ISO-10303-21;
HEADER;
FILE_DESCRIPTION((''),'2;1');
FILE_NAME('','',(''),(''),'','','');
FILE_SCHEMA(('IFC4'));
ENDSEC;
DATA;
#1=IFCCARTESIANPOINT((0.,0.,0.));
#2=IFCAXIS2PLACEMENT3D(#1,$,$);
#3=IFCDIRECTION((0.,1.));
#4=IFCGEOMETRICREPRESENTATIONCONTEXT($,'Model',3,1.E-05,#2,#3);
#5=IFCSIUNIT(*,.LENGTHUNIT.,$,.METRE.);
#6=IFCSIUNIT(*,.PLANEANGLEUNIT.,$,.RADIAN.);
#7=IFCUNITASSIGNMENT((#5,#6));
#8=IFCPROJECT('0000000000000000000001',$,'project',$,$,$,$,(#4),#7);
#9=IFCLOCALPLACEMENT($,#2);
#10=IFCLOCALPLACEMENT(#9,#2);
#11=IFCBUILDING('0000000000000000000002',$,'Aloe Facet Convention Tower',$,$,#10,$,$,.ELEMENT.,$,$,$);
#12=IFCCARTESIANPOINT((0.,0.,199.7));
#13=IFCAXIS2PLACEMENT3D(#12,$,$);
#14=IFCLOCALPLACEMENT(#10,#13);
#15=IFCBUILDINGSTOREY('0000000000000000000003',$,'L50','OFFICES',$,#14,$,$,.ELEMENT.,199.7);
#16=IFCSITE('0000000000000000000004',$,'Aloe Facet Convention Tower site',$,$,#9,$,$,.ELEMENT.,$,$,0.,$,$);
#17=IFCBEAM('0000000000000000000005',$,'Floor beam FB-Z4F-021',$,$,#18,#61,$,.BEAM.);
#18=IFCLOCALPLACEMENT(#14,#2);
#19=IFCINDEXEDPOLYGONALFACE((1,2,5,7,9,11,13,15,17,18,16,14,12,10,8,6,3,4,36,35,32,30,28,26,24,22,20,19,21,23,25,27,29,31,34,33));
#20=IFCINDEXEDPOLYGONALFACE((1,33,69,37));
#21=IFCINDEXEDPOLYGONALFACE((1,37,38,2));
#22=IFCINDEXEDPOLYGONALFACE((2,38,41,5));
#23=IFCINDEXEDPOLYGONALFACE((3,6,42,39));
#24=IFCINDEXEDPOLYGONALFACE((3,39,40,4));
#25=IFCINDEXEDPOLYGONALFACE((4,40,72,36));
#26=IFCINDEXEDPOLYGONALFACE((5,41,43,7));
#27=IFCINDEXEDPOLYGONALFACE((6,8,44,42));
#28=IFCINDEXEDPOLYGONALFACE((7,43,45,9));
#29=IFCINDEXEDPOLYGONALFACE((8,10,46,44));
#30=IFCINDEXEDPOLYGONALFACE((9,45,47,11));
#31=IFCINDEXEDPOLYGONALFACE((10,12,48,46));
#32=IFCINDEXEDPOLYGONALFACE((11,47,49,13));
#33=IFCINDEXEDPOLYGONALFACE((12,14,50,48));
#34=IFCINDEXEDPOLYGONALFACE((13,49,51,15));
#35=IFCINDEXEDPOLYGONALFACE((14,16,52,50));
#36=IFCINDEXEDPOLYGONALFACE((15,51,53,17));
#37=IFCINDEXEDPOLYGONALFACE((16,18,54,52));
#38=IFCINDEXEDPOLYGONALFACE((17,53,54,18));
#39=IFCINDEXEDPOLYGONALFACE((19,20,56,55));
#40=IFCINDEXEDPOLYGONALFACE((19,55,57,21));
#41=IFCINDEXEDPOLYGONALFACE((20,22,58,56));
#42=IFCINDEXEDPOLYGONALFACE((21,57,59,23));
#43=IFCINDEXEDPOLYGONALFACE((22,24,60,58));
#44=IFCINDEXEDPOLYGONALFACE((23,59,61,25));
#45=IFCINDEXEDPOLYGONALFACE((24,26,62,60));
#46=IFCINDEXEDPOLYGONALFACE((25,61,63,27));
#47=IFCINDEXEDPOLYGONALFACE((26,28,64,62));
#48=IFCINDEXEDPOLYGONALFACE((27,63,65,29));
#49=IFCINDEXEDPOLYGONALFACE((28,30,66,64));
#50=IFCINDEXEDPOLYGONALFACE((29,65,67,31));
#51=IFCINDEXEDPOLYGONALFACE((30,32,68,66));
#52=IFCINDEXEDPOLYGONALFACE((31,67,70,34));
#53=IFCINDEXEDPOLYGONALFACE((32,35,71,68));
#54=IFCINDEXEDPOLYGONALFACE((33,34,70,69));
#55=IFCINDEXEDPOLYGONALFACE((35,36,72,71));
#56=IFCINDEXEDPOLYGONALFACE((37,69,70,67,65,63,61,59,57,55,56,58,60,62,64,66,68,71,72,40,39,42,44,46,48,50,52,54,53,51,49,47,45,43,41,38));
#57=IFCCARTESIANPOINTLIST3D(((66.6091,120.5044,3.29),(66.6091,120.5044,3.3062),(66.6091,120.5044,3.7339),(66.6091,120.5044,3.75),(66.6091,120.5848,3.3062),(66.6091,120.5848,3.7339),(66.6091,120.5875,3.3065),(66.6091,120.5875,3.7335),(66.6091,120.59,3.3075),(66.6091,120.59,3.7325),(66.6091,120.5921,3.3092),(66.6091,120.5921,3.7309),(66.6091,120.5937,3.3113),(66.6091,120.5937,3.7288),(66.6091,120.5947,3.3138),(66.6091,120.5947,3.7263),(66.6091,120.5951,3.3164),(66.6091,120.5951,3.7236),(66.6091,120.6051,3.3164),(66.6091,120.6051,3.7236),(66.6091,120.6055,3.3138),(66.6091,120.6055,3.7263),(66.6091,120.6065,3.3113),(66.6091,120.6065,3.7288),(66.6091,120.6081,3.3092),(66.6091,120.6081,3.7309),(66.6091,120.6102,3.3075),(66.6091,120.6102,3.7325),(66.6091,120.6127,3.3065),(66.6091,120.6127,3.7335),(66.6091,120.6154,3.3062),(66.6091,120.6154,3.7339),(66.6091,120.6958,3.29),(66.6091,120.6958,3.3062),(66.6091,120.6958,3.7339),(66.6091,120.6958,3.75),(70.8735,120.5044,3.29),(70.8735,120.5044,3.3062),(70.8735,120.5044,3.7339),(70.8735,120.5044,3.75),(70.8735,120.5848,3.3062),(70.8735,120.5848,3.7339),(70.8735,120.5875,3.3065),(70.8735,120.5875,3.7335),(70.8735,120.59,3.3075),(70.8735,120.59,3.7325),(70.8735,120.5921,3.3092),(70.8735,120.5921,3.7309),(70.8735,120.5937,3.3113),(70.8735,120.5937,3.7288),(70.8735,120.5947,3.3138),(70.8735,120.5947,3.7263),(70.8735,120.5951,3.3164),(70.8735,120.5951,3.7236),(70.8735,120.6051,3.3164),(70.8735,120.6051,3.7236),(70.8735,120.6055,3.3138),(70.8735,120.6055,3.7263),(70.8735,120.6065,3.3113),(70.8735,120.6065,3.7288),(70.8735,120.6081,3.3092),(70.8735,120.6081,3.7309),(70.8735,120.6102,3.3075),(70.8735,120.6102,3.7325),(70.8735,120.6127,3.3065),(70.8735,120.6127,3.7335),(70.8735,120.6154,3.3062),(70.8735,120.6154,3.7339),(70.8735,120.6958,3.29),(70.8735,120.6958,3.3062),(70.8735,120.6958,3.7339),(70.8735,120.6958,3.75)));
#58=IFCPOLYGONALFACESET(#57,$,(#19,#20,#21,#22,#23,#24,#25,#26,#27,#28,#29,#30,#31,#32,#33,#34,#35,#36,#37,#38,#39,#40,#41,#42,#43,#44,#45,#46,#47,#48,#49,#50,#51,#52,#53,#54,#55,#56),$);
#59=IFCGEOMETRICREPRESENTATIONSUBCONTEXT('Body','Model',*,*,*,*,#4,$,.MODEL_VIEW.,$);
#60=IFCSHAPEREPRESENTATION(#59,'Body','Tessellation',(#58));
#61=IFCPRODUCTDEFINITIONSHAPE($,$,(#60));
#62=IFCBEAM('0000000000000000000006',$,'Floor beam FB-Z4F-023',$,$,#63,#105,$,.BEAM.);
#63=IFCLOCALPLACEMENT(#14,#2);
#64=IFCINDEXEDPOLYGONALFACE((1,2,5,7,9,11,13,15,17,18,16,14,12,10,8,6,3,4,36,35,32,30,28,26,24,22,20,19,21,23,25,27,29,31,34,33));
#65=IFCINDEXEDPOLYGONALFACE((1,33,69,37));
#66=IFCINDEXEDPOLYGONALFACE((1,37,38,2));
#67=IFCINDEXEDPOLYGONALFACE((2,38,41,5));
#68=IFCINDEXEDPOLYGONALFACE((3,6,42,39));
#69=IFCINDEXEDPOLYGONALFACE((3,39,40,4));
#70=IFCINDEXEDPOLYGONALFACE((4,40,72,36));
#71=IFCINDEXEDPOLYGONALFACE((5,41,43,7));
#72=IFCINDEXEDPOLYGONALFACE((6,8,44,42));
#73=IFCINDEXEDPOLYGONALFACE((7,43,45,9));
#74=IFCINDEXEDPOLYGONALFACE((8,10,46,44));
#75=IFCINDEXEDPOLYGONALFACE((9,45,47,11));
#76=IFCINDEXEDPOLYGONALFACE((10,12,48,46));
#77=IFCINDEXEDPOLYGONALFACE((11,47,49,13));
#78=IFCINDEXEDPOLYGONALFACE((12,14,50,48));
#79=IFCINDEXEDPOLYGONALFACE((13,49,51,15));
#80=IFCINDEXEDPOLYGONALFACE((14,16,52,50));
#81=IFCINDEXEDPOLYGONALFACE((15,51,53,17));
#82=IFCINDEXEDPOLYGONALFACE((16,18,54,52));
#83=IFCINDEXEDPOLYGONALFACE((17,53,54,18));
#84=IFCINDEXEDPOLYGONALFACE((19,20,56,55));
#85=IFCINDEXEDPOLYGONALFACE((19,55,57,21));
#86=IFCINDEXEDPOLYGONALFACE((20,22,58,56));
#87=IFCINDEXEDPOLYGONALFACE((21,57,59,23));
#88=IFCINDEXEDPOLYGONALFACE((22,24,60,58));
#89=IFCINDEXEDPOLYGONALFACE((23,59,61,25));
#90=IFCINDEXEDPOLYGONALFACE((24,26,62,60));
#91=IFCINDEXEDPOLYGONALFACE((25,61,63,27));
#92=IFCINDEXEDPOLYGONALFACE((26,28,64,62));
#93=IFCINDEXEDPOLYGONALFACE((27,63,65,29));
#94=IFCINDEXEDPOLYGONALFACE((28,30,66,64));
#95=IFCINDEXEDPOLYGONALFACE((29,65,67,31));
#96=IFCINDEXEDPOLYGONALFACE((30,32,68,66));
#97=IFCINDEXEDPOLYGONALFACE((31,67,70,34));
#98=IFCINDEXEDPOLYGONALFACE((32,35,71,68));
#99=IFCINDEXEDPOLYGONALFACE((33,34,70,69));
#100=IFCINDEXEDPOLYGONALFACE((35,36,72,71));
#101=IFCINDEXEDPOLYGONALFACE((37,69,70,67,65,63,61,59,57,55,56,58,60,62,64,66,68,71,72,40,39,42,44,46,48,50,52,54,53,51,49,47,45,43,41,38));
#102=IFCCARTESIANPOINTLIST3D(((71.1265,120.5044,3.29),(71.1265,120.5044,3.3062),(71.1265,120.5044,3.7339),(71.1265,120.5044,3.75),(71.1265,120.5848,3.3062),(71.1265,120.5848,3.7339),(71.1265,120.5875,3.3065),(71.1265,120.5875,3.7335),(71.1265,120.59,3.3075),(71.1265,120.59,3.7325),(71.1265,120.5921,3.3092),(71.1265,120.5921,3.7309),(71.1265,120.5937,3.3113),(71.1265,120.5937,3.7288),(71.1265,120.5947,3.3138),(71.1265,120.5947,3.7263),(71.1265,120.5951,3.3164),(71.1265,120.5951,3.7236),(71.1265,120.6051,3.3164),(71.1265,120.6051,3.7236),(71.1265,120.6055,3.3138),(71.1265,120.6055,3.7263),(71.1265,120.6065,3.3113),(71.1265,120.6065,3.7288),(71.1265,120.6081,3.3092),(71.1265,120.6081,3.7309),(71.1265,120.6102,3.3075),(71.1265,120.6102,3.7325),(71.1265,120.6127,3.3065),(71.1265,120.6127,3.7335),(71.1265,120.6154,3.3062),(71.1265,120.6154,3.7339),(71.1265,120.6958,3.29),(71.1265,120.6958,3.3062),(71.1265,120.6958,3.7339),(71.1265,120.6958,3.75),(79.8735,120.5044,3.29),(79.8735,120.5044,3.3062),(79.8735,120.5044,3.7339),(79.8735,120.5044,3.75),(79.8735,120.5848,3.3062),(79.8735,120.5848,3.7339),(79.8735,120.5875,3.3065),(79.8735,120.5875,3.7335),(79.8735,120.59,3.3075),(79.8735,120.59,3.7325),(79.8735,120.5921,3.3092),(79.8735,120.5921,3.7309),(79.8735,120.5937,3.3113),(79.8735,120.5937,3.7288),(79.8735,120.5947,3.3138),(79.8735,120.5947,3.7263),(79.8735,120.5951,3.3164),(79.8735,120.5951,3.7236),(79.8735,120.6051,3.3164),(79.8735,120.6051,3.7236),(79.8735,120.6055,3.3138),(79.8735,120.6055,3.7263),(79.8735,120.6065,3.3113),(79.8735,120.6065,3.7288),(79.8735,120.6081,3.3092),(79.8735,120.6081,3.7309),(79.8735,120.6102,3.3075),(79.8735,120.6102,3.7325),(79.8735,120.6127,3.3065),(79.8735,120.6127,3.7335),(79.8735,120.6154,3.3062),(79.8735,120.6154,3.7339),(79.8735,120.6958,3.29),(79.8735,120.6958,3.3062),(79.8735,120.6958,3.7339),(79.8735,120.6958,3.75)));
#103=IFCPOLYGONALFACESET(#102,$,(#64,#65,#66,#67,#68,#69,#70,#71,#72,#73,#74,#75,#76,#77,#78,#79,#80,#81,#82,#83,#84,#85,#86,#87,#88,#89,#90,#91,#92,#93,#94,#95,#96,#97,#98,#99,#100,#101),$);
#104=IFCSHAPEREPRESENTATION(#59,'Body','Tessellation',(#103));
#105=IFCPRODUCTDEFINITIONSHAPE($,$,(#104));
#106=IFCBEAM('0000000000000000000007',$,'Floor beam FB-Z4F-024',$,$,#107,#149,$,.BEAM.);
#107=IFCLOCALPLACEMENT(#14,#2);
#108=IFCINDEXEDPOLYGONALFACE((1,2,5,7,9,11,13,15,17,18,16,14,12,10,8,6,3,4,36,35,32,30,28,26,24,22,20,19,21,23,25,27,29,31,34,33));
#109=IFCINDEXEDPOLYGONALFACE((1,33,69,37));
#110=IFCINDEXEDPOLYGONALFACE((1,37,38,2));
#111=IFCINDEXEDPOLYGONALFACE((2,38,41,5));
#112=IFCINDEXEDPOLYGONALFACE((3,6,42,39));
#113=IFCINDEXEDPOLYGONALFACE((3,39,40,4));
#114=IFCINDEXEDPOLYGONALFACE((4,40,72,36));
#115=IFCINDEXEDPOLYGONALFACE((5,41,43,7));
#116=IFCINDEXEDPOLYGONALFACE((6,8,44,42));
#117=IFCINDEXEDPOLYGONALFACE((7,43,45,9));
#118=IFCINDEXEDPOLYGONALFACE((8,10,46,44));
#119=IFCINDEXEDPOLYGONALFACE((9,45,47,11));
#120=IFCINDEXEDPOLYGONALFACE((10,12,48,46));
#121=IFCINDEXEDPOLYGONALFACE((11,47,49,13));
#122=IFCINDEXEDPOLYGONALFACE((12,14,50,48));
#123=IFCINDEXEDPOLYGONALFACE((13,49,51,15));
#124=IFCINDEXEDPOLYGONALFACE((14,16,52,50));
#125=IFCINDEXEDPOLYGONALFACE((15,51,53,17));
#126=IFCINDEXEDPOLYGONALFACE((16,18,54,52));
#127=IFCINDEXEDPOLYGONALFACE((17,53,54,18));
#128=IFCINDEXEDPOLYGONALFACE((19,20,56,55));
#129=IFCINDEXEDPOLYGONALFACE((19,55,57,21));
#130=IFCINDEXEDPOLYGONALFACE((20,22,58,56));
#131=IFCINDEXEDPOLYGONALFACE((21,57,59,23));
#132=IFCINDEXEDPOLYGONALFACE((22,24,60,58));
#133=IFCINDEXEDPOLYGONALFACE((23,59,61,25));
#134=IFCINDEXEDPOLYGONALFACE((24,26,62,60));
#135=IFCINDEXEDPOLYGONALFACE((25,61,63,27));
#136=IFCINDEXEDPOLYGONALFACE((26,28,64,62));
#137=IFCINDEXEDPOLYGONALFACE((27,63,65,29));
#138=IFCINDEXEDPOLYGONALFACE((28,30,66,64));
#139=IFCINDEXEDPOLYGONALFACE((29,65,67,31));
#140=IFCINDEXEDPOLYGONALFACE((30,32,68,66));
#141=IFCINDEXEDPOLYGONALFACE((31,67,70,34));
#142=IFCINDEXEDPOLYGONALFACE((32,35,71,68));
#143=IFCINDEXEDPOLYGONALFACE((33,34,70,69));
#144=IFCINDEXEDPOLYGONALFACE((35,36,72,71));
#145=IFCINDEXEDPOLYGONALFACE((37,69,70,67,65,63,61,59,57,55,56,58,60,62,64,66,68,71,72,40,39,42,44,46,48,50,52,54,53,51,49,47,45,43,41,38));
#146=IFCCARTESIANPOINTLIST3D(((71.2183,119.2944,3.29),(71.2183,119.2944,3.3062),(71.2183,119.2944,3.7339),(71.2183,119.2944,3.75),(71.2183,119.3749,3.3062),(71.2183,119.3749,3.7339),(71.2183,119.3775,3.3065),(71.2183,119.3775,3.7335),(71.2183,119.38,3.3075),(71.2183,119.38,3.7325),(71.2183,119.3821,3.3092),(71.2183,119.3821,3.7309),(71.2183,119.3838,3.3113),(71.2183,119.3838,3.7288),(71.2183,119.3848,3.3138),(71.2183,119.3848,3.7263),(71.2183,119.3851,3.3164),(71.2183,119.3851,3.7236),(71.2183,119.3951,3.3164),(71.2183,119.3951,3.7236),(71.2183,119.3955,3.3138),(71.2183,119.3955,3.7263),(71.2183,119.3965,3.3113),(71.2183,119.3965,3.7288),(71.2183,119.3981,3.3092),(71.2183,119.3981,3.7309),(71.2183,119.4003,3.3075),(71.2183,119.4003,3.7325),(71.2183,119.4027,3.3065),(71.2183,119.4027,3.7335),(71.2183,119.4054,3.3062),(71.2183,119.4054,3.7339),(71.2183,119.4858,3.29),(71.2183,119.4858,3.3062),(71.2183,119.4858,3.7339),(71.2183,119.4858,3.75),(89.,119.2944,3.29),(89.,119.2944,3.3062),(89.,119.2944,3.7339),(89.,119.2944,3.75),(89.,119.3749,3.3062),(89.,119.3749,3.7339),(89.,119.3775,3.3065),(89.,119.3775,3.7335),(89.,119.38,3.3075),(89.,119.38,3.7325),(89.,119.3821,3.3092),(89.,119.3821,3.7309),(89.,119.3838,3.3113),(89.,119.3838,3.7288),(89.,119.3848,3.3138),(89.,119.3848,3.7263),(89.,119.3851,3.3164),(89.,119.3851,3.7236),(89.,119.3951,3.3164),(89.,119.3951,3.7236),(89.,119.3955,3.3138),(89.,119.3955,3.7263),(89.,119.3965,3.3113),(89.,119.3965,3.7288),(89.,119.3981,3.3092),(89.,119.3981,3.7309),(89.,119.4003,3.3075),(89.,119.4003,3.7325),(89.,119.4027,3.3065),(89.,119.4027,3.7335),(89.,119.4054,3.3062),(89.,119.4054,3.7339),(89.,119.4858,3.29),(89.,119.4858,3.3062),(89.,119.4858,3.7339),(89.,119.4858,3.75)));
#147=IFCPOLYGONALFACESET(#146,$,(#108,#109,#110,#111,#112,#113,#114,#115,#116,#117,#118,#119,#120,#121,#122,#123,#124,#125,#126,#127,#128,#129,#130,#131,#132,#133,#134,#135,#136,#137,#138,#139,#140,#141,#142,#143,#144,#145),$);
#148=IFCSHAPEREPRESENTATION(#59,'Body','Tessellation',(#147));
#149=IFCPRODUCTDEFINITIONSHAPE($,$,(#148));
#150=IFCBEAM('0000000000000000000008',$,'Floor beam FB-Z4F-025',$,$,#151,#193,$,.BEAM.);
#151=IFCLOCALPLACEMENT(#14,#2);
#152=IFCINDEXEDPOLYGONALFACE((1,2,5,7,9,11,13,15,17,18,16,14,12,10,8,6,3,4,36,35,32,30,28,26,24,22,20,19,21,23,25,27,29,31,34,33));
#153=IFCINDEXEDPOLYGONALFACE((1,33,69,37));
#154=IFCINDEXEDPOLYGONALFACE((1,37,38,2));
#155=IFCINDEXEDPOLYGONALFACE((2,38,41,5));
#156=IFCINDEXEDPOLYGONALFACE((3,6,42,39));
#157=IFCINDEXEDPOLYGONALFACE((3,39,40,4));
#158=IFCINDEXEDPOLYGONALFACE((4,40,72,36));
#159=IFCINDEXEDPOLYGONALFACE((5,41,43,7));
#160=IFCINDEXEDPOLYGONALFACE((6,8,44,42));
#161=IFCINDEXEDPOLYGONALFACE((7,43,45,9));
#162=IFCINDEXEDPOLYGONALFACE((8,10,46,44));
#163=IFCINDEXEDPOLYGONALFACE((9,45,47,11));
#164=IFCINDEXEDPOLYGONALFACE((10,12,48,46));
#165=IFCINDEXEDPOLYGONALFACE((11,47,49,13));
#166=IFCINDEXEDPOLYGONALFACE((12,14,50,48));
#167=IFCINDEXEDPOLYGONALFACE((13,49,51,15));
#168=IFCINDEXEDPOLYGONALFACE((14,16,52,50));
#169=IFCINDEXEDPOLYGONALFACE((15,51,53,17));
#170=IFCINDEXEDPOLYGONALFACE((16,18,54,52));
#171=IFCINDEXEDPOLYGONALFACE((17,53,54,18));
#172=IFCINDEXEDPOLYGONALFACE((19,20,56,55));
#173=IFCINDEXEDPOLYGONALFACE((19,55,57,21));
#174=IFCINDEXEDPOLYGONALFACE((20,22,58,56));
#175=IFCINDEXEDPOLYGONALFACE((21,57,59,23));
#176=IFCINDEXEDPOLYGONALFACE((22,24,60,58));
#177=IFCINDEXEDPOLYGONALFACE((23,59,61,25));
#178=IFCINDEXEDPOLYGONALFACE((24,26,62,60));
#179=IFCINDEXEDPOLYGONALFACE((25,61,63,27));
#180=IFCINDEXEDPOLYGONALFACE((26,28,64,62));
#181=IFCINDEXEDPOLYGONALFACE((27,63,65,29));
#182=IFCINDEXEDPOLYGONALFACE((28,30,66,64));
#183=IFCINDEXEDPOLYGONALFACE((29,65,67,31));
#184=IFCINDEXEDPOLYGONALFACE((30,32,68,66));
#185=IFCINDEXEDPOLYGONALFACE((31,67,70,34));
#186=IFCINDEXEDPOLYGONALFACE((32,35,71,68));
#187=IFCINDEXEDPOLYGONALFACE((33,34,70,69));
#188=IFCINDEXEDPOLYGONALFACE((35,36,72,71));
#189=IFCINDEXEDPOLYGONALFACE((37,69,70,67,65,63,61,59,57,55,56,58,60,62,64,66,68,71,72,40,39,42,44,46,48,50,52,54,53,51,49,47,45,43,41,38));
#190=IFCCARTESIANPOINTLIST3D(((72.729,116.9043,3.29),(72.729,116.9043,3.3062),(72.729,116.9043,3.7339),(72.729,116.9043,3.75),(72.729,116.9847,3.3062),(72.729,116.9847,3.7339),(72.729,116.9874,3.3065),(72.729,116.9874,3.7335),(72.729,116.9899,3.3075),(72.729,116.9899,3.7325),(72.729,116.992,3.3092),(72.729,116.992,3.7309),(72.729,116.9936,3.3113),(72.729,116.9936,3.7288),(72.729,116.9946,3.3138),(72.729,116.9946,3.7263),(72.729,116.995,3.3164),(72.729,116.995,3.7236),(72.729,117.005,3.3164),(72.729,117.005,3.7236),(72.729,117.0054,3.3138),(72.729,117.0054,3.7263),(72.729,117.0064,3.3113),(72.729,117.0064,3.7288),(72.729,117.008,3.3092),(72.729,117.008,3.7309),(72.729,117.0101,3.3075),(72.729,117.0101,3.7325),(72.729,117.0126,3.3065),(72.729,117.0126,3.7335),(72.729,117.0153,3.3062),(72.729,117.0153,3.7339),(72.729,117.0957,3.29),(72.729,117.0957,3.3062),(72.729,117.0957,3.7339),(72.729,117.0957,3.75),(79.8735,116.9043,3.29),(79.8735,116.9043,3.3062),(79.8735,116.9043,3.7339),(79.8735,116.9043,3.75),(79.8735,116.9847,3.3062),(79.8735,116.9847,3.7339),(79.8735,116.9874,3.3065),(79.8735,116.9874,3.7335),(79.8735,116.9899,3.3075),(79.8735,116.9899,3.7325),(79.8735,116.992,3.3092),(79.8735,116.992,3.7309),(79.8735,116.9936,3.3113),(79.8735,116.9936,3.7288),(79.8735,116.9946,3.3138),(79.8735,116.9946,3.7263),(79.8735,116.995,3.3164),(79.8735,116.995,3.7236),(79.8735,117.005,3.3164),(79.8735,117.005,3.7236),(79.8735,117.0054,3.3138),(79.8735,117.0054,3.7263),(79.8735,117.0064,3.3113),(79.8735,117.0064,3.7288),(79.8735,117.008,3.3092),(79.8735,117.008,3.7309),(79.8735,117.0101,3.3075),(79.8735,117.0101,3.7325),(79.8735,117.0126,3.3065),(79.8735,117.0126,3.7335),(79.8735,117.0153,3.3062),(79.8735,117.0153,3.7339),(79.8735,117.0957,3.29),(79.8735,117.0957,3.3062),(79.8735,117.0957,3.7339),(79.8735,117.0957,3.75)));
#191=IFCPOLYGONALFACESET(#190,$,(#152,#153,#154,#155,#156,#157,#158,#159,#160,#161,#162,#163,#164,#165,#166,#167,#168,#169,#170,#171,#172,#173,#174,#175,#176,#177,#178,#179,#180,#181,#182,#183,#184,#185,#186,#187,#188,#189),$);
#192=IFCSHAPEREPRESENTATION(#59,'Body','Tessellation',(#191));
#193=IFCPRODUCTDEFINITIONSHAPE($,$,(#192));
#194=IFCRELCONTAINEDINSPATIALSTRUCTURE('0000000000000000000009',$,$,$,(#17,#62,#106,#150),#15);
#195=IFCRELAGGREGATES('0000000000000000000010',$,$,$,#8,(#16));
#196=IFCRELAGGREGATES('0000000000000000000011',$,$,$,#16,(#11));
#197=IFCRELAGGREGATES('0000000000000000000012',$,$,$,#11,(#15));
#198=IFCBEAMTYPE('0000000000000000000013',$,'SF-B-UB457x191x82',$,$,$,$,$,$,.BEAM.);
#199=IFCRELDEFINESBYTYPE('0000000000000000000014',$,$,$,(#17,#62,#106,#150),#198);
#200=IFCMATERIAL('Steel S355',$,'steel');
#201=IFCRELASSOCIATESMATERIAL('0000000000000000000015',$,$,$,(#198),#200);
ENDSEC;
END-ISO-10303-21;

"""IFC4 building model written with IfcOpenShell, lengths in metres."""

from ifc_helpers import new_model, si_unit, direction, frame, origin, origin_2d, place, context, subcontext, project, spatial, i_section, extrude, material, material_profile, profile_set, type_object, element, save


model = new_model("IFC4")

# Units and contexts
model_context = context("Model", 3, precision=1e-05, world=origin(), true_north=direction((0.0, 1.0)))
body_context = subcontext(model_context, "Body", "Model", "MODEL_VIEW")
ifc_project = project(units=[si_unit("LENGTHUNIT", "METRE"), si_unit("PLANEANGLEUNIT", "RADIAN")], contexts=[model_context])

# Site, building, storey
site_placement = place(None, origin())
site = spatial("IfcSite", under=ifc_project, at=site_placement, Name="Aloe Facet Convention Tower site", CompositionType="ELEMENT", RefElevation=0.0)
building_placement = place(site_placement, origin())
building = spatial("IfcBuilding", under=site, at=building_placement, Name="Aloe Facet Convention Tower", CompositionType="ELEMENT")
storey_placement = place(building_placement, frame((0.0, 0.0, 199.7)))
storey = spatial("IfcBuildingStorey", under=building, at=storey_placement, Name="L50", Description="OFFICES", CompositionType="ELEMENT", Elevation=199.7)

# Beams
ifc_material_1 = material(Name="Steel S355", Category="steel")
ifc_material_profile_1 = material_profile(ifc_material_1, i_section(OverallWidth=0.1914, OverallDepth=0.46, WebThickness=0.01, FlangeThickness=0.0161, FilletRadius=0.0103, at=origin_2d()), Name="UB 457x191x82")
ifc_profile_set_1 = profile_set([ifc_material_profile_1], Name="Steel S355")
beam_type_1 = type_object("IfcBeamType", Name="SF-B-UB457x191x82", PredefinedType="BEAM", material=ifc_profile_set_1)
beam_1_placement = place(storey_placement, frame((66.6091, 120.6001, 3.52), z_axis=(1.0, 0.0, 0.0), x_axis=(0.0, 1.0, 0.0)))
element("IfcBeam", 1, at=beam_1_placement, inside=storey, type_object=beam_type_1, Name="Floor beam FB-Z4F-021", PredefinedType="BEAM", context=body_context, shape_type="SweptSolid", body=[
    extrude(i_section(OverallWidth=0.1914, OverallDepth=0.46, WebThickness=0.01, FlangeThickness=0.0161, FilletRadius=0.0103, at=origin_2d()), origin(), (0.0, 0.0, 1.0), 4.2644),
])
beam_2_placement = place(storey_placement, frame((71.1265, 120.6001, 3.52), z_axis=(1.0, 0.0, 0.0), x_axis=(0.0, 1.0, 0.0)))
element("IfcBeam", 2, at=beam_2_placement, inside=storey, type_object=beam_type_1, Name="Floor beam FB-Z4F-023", PredefinedType="BEAM", context=body_context, shape_type="SweptSolid", body=[
    extrude(i_section(OverallWidth=0.1914, OverallDepth=0.46, WebThickness=0.01, FlangeThickness=0.0161, FilletRadius=0.0103, at=origin_2d()), origin(), (0.0, 0.0, 1.0), 8.7471),
])
beam_3_placement = place(storey_placement, frame((71.2183, 119.3901, 3.52), z_axis=(1.0, 0.0, 0.0), x_axis=(0.0, 1.0, 0.0)))
element("IfcBeam", 3, at=beam_3_placement, inside=storey, type_object=beam_type_1, Name="Floor beam FB-Z4F-024", PredefinedType="BEAM", context=body_context, shape_type="SweptSolid", body=[
    extrude(i_section(OverallWidth=0.1914, OverallDepth=0.46, WebThickness=0.01, FlangeThickness=0.0161, FilletRadius=0.0103, at=origin_2d()), origin(), (0.0, 0.0, 1.0), 17.7817),
])
beam_4_placement = place(storey_placement, frame((72.729, 117.0, 3.52), z_axis=(1.0, 0.0, 0.0), x_axis=(0.0, 1.0, 0.0)))
element("IfcBeam", 4, at=beam_4_placement, inside=storey, type_object=beam_type_1, Name="Floor beam FB-Z4F-025", PredefinedType="BEAM", context=body_context, shape_type="SweptSolid", body=[
    extrude(i_section(OverallWidth=0.1914, OverallDepth=0.46, WebThickness=0.01, FlangeThickness=0.0161, FilletRadius=0.0103, at=origin_2d()), origin(), (0.0, 0.0, 1.0), 7.1445),
])

save(model, "model.ifc")
